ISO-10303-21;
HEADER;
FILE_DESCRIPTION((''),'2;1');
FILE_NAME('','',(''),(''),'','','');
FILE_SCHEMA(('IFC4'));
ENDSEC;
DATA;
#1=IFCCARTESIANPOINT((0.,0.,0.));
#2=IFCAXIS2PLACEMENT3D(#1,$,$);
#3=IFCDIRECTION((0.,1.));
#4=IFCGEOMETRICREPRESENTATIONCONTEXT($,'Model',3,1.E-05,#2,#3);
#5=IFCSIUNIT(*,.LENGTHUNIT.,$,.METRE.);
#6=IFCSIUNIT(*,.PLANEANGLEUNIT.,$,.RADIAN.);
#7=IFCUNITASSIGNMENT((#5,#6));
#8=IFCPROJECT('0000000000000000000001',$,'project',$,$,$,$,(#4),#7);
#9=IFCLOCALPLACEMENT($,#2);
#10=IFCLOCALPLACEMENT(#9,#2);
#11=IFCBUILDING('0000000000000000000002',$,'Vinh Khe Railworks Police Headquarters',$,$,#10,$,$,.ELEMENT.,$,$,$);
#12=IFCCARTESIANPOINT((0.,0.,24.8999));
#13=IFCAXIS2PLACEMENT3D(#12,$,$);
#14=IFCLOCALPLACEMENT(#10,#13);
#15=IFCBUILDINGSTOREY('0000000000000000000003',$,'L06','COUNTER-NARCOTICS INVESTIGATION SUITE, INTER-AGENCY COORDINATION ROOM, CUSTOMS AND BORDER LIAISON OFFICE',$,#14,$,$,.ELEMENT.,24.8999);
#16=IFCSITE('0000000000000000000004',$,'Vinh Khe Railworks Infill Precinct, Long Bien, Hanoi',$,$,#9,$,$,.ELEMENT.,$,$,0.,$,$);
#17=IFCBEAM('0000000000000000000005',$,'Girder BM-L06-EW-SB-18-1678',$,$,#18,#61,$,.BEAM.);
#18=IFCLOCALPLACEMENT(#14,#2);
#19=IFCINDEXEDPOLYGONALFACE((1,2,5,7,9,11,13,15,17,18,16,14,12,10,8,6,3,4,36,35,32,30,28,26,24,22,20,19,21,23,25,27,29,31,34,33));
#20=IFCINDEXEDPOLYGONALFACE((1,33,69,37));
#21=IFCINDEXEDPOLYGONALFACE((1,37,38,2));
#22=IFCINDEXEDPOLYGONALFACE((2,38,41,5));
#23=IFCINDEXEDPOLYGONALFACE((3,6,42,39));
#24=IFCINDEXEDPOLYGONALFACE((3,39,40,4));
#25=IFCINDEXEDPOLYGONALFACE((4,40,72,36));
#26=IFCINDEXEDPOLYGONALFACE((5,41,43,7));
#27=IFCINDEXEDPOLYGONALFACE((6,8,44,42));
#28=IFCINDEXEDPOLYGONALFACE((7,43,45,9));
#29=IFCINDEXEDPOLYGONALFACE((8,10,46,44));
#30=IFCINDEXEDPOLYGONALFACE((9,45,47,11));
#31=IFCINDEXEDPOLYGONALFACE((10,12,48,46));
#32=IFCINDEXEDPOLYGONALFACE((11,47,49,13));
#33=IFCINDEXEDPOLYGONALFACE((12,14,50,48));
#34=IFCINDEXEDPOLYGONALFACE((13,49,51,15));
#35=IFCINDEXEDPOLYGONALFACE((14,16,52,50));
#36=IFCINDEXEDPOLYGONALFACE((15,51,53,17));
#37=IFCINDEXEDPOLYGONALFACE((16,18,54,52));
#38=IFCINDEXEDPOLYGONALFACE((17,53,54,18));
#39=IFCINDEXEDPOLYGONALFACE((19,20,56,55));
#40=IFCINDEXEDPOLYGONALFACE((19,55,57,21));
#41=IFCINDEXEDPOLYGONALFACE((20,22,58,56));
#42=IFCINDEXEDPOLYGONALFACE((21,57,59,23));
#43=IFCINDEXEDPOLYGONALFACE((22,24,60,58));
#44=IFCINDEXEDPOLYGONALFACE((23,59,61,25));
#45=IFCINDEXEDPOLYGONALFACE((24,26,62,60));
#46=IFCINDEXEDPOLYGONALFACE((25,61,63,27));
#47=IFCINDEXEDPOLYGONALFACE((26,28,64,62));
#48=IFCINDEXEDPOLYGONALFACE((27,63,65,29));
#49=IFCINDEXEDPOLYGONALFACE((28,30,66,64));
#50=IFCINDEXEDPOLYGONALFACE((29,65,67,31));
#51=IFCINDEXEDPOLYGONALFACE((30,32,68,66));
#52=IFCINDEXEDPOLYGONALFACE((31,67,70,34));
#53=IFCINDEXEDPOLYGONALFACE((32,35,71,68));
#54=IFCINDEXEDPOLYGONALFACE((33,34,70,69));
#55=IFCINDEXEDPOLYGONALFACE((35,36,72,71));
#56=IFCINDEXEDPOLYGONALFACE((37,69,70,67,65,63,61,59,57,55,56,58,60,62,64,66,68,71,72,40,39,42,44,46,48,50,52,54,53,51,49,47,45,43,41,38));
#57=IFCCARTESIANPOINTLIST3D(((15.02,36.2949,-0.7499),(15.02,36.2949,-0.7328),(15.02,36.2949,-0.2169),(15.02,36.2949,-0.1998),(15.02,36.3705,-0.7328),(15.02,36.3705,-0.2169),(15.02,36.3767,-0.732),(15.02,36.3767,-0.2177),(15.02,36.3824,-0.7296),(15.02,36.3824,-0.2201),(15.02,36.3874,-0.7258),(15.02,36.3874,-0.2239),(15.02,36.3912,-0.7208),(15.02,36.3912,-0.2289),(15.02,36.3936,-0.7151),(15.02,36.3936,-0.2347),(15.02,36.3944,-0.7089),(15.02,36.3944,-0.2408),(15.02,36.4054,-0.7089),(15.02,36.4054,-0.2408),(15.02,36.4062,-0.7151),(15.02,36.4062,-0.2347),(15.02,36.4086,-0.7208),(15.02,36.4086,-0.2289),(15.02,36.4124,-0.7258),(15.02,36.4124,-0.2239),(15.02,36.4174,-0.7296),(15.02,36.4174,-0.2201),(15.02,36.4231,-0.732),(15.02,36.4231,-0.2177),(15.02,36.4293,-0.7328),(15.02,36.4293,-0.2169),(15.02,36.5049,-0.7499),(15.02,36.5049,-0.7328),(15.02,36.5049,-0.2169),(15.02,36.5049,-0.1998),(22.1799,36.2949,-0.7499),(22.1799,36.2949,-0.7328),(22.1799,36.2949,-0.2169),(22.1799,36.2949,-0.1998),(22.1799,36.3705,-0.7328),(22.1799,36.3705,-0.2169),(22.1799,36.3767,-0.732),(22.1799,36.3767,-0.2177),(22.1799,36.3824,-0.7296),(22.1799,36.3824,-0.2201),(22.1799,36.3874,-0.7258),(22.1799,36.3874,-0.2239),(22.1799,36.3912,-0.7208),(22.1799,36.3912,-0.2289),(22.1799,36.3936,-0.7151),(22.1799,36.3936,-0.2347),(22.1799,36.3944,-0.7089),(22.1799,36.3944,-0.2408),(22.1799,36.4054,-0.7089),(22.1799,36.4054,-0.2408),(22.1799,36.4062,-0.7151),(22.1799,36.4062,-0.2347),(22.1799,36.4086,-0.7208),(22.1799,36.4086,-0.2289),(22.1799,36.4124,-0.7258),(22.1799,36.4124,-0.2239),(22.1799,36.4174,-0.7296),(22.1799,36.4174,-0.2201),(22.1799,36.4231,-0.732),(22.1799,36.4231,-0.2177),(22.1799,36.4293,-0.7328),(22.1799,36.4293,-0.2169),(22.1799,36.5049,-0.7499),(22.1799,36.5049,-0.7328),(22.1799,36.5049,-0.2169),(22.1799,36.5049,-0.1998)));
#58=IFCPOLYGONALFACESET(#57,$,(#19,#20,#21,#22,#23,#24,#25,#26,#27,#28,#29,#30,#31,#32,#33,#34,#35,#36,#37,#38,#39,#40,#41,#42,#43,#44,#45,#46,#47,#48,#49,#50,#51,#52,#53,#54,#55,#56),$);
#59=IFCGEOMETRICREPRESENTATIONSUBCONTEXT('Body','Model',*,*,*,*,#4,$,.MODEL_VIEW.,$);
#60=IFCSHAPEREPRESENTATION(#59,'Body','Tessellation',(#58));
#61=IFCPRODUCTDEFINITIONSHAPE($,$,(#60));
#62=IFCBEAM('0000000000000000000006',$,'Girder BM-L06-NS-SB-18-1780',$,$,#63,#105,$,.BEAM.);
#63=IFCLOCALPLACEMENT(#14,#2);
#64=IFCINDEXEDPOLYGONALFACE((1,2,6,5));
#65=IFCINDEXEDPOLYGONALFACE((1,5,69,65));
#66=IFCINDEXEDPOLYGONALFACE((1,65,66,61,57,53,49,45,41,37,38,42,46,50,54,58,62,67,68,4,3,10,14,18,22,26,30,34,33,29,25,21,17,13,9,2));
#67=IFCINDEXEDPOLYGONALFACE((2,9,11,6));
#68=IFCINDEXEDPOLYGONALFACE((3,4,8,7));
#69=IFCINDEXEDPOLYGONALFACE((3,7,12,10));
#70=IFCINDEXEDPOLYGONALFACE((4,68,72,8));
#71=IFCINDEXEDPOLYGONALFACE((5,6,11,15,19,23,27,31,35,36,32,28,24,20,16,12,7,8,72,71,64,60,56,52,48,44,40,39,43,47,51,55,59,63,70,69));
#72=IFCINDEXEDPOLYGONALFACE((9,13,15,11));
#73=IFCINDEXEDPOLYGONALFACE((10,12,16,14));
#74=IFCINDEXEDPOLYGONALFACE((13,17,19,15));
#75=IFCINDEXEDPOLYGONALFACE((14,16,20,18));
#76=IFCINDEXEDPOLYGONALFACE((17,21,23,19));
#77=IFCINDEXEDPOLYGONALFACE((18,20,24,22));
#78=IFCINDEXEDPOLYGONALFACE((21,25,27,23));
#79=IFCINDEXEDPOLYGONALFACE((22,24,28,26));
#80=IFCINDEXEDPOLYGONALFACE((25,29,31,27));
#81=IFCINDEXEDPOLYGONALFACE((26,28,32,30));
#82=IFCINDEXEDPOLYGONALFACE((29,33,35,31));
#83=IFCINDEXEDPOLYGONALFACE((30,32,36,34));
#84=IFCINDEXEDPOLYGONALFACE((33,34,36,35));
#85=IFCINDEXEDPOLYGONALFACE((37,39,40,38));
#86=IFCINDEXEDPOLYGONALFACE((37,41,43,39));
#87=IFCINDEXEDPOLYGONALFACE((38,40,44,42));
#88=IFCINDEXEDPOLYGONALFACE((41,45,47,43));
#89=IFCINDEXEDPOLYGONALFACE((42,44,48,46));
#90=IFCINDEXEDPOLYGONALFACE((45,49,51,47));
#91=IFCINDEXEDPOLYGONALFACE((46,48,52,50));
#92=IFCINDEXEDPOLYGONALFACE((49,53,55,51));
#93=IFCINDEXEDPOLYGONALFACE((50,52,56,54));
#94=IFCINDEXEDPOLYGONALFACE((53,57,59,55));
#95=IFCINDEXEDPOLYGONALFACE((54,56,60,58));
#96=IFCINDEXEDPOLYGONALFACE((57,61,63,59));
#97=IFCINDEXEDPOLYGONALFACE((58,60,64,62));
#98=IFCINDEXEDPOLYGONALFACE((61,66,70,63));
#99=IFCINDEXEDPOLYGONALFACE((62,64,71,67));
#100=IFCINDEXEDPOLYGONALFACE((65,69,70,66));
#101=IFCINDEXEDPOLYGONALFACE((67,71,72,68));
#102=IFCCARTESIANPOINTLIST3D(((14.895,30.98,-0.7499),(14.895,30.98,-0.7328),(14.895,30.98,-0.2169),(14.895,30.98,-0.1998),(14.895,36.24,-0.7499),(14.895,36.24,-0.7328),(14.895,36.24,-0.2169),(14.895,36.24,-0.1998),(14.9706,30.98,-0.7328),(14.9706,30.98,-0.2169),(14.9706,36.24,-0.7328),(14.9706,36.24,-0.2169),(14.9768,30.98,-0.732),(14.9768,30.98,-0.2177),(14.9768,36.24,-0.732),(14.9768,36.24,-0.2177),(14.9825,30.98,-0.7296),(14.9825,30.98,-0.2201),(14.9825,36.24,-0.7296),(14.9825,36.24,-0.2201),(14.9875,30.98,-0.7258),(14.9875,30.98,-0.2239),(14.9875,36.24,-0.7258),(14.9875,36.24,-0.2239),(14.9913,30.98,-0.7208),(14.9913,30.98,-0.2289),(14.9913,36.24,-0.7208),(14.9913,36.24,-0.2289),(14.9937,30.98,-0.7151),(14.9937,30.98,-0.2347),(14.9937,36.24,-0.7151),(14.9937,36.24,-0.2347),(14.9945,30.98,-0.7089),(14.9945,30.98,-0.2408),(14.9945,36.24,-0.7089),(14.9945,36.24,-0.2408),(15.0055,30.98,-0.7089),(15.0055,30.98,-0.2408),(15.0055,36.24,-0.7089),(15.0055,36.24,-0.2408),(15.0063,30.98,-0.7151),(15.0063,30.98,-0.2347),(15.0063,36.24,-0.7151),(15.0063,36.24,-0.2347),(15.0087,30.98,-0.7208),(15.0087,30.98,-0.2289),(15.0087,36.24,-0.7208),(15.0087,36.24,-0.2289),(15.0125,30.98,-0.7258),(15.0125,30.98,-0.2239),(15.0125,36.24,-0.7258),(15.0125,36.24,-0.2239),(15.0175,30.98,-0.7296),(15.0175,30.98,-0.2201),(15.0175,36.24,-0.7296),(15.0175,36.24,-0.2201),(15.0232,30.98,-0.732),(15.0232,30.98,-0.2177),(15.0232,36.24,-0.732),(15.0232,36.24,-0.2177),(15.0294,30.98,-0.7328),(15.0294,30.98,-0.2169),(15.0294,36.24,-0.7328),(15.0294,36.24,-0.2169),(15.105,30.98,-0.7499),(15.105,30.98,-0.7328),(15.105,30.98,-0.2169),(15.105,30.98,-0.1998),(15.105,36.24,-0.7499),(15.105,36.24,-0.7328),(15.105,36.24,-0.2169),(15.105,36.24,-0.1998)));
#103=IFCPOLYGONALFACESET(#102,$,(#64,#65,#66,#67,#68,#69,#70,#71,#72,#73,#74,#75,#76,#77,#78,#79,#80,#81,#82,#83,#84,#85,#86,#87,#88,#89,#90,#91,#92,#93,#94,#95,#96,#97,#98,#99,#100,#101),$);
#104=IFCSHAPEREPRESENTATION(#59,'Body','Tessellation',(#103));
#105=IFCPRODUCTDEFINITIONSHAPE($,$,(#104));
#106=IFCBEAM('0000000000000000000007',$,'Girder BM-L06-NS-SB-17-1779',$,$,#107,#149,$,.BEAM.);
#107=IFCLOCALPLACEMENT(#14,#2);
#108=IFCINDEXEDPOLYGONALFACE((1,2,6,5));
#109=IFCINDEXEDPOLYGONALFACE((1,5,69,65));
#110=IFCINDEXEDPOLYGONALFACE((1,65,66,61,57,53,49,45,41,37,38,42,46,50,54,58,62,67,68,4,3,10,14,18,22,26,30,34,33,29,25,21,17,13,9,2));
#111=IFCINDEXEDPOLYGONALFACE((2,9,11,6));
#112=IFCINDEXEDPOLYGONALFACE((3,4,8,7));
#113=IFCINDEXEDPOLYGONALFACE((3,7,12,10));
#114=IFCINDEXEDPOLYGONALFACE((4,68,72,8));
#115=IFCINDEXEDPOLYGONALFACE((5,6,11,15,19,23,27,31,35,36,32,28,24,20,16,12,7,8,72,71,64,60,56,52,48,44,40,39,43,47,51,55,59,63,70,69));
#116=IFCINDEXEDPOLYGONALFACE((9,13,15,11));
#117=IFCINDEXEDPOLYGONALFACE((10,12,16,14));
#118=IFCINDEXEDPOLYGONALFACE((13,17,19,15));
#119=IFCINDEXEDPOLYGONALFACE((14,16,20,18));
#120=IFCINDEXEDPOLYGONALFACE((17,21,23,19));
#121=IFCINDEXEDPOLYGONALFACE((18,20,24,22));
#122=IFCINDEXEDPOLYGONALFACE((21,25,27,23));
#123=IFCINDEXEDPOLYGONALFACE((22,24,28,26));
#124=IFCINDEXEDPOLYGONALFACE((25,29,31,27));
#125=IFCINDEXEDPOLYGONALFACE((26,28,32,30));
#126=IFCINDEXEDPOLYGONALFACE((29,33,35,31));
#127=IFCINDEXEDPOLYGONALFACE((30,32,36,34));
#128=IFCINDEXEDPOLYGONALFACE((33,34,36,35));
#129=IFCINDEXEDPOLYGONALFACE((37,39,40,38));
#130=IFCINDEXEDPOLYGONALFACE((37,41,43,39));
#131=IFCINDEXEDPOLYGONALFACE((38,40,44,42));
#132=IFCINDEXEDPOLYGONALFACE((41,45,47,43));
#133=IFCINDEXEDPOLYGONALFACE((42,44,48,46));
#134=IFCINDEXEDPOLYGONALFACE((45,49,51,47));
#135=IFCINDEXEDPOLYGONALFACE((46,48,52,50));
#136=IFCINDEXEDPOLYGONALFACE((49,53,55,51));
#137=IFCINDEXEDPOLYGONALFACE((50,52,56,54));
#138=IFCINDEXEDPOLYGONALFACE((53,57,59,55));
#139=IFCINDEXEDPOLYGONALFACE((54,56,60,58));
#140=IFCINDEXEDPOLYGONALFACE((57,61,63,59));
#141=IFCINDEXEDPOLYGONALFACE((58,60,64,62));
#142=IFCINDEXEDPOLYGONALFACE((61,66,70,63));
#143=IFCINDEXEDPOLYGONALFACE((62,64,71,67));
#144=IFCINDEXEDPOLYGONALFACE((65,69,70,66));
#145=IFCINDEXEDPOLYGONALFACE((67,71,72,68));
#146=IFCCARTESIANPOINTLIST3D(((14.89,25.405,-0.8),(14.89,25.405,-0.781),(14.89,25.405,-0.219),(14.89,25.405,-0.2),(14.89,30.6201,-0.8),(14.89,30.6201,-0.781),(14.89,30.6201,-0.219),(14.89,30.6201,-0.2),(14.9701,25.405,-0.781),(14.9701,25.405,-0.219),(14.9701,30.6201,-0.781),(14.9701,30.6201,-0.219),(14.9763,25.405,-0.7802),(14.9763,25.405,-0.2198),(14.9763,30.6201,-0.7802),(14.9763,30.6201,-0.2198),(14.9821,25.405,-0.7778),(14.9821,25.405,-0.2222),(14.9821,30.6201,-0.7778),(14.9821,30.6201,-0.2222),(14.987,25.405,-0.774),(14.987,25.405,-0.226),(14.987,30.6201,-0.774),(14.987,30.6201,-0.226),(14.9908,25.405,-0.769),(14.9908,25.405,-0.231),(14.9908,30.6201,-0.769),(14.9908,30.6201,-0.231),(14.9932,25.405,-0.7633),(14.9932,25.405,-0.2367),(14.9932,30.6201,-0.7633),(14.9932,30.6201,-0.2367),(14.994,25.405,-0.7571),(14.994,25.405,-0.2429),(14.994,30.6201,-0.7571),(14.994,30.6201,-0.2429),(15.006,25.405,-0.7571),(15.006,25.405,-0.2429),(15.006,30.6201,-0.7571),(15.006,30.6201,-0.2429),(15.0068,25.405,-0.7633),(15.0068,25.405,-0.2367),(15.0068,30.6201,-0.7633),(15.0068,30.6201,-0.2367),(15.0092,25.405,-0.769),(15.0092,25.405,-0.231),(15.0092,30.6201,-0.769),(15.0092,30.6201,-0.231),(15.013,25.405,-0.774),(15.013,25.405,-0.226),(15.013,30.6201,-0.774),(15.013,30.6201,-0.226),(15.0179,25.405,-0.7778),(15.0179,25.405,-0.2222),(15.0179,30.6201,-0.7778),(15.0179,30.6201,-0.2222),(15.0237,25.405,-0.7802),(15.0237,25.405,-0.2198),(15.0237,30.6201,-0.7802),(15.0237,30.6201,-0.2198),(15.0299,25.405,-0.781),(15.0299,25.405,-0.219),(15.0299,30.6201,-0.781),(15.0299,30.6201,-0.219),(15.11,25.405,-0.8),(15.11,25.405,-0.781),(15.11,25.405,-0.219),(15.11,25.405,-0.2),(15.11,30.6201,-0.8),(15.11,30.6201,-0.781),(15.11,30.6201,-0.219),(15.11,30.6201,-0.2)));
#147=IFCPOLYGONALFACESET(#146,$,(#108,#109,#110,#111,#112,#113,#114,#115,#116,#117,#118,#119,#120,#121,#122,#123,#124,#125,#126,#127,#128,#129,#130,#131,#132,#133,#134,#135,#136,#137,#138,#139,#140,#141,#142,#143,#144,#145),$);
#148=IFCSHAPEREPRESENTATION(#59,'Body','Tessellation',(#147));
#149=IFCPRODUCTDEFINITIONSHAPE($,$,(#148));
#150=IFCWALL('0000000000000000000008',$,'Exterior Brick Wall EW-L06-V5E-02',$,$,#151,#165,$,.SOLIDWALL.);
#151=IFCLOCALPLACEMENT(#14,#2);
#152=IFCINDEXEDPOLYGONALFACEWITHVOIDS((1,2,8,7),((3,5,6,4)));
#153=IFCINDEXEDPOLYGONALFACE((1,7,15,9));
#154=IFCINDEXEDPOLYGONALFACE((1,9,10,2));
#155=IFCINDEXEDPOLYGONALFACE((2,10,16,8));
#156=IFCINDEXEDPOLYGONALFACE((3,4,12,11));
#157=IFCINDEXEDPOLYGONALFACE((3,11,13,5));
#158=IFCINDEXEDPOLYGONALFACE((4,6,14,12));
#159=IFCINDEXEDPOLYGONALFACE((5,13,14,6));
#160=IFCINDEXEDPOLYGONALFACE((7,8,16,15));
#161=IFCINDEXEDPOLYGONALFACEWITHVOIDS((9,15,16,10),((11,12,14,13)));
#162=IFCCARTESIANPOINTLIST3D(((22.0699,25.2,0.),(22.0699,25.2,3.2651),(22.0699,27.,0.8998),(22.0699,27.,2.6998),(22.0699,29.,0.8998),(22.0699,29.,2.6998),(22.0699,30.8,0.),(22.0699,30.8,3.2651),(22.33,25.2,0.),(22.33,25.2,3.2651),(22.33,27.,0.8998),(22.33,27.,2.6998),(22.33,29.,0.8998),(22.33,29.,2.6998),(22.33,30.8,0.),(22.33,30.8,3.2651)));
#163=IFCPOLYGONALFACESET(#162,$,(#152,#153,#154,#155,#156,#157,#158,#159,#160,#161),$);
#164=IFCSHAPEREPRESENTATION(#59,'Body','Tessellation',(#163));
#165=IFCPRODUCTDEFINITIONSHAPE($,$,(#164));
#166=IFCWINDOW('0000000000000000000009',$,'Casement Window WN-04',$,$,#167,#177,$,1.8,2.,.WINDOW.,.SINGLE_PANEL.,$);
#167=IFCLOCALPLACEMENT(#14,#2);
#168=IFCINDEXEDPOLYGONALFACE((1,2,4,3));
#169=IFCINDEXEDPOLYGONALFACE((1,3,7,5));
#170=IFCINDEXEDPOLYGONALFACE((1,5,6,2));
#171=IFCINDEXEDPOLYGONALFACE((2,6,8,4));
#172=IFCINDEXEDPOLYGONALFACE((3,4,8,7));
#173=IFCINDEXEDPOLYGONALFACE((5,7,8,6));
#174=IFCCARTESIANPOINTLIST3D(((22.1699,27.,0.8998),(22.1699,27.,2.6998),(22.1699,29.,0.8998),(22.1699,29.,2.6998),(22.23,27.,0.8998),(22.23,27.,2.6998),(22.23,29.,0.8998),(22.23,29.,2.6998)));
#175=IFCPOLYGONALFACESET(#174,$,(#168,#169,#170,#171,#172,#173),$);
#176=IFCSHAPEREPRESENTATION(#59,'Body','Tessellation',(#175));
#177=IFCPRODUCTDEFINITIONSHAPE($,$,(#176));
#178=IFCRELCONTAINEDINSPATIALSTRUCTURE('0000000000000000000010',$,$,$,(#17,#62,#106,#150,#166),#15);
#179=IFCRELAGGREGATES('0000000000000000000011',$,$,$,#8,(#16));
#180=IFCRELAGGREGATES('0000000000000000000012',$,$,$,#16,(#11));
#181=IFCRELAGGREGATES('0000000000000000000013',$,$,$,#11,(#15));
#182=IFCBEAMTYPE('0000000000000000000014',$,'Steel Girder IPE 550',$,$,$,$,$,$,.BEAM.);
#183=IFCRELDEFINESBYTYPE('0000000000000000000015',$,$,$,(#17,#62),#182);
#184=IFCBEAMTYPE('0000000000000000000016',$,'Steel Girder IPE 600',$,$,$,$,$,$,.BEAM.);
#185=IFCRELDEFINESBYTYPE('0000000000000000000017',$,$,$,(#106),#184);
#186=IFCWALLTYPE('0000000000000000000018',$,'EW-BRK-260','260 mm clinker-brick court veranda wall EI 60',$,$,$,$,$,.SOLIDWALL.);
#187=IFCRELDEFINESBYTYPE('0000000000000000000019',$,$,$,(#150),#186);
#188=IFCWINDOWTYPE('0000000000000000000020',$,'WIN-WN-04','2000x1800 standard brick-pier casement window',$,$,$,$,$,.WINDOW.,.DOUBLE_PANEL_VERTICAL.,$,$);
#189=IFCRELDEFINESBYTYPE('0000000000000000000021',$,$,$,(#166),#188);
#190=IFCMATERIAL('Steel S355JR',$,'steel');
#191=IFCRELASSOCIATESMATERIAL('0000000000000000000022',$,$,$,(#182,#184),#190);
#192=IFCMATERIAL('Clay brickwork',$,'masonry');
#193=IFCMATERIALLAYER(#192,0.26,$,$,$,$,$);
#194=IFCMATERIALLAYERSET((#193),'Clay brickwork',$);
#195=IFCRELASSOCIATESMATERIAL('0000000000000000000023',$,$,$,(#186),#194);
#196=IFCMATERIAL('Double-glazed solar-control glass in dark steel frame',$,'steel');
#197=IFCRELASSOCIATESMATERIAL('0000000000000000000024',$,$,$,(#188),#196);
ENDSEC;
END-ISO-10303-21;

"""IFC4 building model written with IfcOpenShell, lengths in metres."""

from ifc_helpers import new_model, si_unit, direction, frame, frame_2d, origin, origin_2d, place, context, subcontext, project, spatial, rectangle, i_section, extrude, material, layer, layer_set, material_profile, profile_set, type_object, element, fill, save


model = new_model("IFC4")

# Units and contexts
model_context = context("Model", 3, precision=1e-05, world=origin(), true_north=direction((0.0, 1.0)))
body_context = subcontext(model_context, "Body", "Model", "MODEL_VIEW")
ifc_project = project(units=[si_unit("LENGTHUNIT", "METRE"), si_unit("PLANEANGLEUNIT", "RADIAN")], contexts=[model_context])

# Site, building, storey
site_placement = place(None, origin())
site = spatial("IfcSite", under=ifc_project, at=site_placement, Name="Vinh Khe Railworks Infill Precinct, Long Bien, Hanoi", CompositionType="ELEMENT", RefElevation=0.0)
building_placement = place(site_placement, origin())
building = spatial("IfcBuilding", under=site, at=building_placement, Name="Vinh Khe Railworks Police Headquarters", CompositionType="ELEMENT")
storey_placement = place(building_placement, frame((0.0, 0.0, 24.8999)))
storey = spatial("IfcBuildingStorey", under=building, at=storey_placement, Name="L06", Description="COUNTER-NARCOTICS INVESTIGATION SUITE, INTER-AGENCY COORDINATION ROOM, CUSTOMS AND BORDER LIAISON OFFICE", CompositionType="ELEMENT", Elevation=24.8999)

# Shared definitions
ifc_material_1 = material(Name="Steel S355JR", Category="steel")

# Beams
ifc_material_profile_1 = material_profile(ifc_material_1, i_section(OverallWidth=0.21, OverallDepth=0.55, WebThickness=0.011, FlangeThickness=0.0171, FilletRadius=0.0239, at=origin_2d()), Name="IPE 550")
ifc_profile_set_1 = profile_set([ifc_material_profile_1], Name="Steel S355JR")
beam_type_1 = type_object("IfcBeamType", Name="Steel Girder IPE 550", PredefinedType="BEAM", material=ifc_profile_set_1)
beam_1_placement = place(storey_placement, frame((15.02, 36.3999, -0.4749), z_axis=(1.0, 0.0, 0.0), x_axis=(0.0, 1.0, 0.0)))
element("IfcBeam", 1, at=beam_1_placement, inside=storey, type_object=beam_type_1, Name="Girder BM-L06-EW-SB-18-1678", PredefinedType="BEAM", context=body_context, shape_type="SweptSolid", body=[
    extrude(i_section(OverallWidth=0.21, OverallDepth=0.55, WebThickness=0.011, FlangeThickness=0.0171, FilletRadius=0.0239, at=origin_2d()), origin(), (0.0, 0.0, 1.0), 7.1599),
])
beam_2_placement = place(storey_placement, frame((15.0, 30.98, -0.4749), z_axis=(0.0, 1.0, 0.0), x_axis=(-1.0, 0.0, 0.0)))
element("IfcBeam", 2, at=beam_2_placement, inside=storey, type_object=beam_type_1, Name="Girder BM-L06-NS-SB-18-1780", PredefinedType="BEAM", context=body_context, shape_type="SweptSolid", body=[
    extrude(i_section(OverallWidth=0.21, OverallDepth=0.55, WebThickness=0.011, FlangeThickness=0.0171, FilletRadius=0.0239, at=origin_2d()), origin(), (0.0, 0.0, 1.0), 5.26),
])
ifc_material_profile_2 = material_profile(ifc_material_1, i_section(OverallWidth=0.22, OverallDepth=0.6001, WebThickness=0.012, FlangeThickness=0.019, FilletRadius=0.0239, at=origin_2d()), Name="IPE 600")
ifc_profile_set_2 = profile_set([ifc_material_profile_2], Name="Steel S355JR")
beam_type_2 = type_object("IfcBeamType", Name="Steel Girder IPE 600", PredefinedType="BEAM", material=ifc_profile_set_2)
beam_3_placement = place(storey_placement, frame((15.0, 25.405, -0.5), z_axis=(0.0, 1.0, 0.0), x_axis=(-1.0, 0.0, 0.0)))
element("IfcBeam", 3, at=beam_3_placement, inside=storey, type_object=beam_type_2, Name="Girder BM-L06-NS-SB-17-1779", PredefinedType="BEAM", context=body_context, shape_type="SweptSolid", body=[
    extrude(i_section(OverallWidth=0.22, OverallDepth=0.6001, WebThickness=0.012, FlangeThickness=0.019, FilletRadius=0.0239, at=origin_2d()), origin(), (0.0, 0.0, 1.0), 5.2151),
])

# Wall, opening, window
ifc_material_2 = material(Name="Clay brickwork", Category="masonry")
ifc_layer = layer(ifc_material_2, 0.26)
ifc_layer_set = layer_set([ifc_layer], Name="Clay brickwork")
wall_type = type_object("IfcWallType", Name="EW-BRK-260", Description="260 mm clinker-brick court veranda wall EI 60", PredefinedType="SOLIDWALL", material=ifc_layer_set)
wall_1_placement = place(storey_placement, frame((22.2, 25.2, 0.0), z_axis=(0.0, 0.0, 1.0), x_axis=(0.0, 1.0, 0.0)))
wall_1 = element("IfcWall", 4, at=wall_1_placement, inside=storey, type_object=wall_type, Name="Exterior Brick Wall EW-L06-V5E-02", PredefinedType="SOLIDWALL", context=body_context, shape_type="SweptSolid", body=[
    extrude(rectangle(XDim=5.6001, YDim=0.26, at=frame_2d((2.8, 0.0))), origin(), (0.0, 0.0, 1.0), 3.2651),
])
opening_1_placement = place(wall_1_placement, frame((1.8, 0.0, 0.8999)))
opening_1 = element("IfcOpeningElement", 5, at=opening_1_placement, cuts=wall_1, PredefinedType="OPENING", context=body_context, shape_type="SweptSolid", body=[
    extrude(rectangle(XDim=2.0, YDim=1.8, at=frame_2d((1.0, 0.8999))), frame((0.0, 0.145, 0.0), z_axis=(0.0, -1.0, 0.0), x_axis=(1.0, 0.0, 0.0)), (0.0, 0.0, 1.0), 0.2898),
])
ifc_material_3 = material(Name="Double-glazed solar-control glass in dark steel frame", Category="steel")
window_type = type_object("IfcWindowType", Name="WIN-WN-04", Description="2000x1800 standard brick-pier casement window", PartitioningType="DOUBLE_PANEL_VERTICAL", PredefinedType="WINDOW", material=ifc_material_3)
window_1_placement = place(opening_1_placement, origin())
window_1 = element("IfcWindow", 6, at=window_1_placement, inside=storey, type_object=window_type, Name="Casement Window WN-04", OverallHeight=1.8, OverallWidth=2.0, PartitioningType="SINGLE_PANEL", PredefinedType="WINDOW", context=body_context, shape_type="SweptSolid", body=[
    extrude(rectangle(XDim=2.0, YDim=1.8, at=frame_2d((1.0, 0.8999))), frame((0.0, 0.03, 0.0), z_axis=(0.0, -1.0, 0.0), x_axis=(1.0, 0.0, 0.0)), (0.0, 0.0, 1.0), 0.0601),
])
fill(opening_1, window_1)

save(model, "model.ifc")
